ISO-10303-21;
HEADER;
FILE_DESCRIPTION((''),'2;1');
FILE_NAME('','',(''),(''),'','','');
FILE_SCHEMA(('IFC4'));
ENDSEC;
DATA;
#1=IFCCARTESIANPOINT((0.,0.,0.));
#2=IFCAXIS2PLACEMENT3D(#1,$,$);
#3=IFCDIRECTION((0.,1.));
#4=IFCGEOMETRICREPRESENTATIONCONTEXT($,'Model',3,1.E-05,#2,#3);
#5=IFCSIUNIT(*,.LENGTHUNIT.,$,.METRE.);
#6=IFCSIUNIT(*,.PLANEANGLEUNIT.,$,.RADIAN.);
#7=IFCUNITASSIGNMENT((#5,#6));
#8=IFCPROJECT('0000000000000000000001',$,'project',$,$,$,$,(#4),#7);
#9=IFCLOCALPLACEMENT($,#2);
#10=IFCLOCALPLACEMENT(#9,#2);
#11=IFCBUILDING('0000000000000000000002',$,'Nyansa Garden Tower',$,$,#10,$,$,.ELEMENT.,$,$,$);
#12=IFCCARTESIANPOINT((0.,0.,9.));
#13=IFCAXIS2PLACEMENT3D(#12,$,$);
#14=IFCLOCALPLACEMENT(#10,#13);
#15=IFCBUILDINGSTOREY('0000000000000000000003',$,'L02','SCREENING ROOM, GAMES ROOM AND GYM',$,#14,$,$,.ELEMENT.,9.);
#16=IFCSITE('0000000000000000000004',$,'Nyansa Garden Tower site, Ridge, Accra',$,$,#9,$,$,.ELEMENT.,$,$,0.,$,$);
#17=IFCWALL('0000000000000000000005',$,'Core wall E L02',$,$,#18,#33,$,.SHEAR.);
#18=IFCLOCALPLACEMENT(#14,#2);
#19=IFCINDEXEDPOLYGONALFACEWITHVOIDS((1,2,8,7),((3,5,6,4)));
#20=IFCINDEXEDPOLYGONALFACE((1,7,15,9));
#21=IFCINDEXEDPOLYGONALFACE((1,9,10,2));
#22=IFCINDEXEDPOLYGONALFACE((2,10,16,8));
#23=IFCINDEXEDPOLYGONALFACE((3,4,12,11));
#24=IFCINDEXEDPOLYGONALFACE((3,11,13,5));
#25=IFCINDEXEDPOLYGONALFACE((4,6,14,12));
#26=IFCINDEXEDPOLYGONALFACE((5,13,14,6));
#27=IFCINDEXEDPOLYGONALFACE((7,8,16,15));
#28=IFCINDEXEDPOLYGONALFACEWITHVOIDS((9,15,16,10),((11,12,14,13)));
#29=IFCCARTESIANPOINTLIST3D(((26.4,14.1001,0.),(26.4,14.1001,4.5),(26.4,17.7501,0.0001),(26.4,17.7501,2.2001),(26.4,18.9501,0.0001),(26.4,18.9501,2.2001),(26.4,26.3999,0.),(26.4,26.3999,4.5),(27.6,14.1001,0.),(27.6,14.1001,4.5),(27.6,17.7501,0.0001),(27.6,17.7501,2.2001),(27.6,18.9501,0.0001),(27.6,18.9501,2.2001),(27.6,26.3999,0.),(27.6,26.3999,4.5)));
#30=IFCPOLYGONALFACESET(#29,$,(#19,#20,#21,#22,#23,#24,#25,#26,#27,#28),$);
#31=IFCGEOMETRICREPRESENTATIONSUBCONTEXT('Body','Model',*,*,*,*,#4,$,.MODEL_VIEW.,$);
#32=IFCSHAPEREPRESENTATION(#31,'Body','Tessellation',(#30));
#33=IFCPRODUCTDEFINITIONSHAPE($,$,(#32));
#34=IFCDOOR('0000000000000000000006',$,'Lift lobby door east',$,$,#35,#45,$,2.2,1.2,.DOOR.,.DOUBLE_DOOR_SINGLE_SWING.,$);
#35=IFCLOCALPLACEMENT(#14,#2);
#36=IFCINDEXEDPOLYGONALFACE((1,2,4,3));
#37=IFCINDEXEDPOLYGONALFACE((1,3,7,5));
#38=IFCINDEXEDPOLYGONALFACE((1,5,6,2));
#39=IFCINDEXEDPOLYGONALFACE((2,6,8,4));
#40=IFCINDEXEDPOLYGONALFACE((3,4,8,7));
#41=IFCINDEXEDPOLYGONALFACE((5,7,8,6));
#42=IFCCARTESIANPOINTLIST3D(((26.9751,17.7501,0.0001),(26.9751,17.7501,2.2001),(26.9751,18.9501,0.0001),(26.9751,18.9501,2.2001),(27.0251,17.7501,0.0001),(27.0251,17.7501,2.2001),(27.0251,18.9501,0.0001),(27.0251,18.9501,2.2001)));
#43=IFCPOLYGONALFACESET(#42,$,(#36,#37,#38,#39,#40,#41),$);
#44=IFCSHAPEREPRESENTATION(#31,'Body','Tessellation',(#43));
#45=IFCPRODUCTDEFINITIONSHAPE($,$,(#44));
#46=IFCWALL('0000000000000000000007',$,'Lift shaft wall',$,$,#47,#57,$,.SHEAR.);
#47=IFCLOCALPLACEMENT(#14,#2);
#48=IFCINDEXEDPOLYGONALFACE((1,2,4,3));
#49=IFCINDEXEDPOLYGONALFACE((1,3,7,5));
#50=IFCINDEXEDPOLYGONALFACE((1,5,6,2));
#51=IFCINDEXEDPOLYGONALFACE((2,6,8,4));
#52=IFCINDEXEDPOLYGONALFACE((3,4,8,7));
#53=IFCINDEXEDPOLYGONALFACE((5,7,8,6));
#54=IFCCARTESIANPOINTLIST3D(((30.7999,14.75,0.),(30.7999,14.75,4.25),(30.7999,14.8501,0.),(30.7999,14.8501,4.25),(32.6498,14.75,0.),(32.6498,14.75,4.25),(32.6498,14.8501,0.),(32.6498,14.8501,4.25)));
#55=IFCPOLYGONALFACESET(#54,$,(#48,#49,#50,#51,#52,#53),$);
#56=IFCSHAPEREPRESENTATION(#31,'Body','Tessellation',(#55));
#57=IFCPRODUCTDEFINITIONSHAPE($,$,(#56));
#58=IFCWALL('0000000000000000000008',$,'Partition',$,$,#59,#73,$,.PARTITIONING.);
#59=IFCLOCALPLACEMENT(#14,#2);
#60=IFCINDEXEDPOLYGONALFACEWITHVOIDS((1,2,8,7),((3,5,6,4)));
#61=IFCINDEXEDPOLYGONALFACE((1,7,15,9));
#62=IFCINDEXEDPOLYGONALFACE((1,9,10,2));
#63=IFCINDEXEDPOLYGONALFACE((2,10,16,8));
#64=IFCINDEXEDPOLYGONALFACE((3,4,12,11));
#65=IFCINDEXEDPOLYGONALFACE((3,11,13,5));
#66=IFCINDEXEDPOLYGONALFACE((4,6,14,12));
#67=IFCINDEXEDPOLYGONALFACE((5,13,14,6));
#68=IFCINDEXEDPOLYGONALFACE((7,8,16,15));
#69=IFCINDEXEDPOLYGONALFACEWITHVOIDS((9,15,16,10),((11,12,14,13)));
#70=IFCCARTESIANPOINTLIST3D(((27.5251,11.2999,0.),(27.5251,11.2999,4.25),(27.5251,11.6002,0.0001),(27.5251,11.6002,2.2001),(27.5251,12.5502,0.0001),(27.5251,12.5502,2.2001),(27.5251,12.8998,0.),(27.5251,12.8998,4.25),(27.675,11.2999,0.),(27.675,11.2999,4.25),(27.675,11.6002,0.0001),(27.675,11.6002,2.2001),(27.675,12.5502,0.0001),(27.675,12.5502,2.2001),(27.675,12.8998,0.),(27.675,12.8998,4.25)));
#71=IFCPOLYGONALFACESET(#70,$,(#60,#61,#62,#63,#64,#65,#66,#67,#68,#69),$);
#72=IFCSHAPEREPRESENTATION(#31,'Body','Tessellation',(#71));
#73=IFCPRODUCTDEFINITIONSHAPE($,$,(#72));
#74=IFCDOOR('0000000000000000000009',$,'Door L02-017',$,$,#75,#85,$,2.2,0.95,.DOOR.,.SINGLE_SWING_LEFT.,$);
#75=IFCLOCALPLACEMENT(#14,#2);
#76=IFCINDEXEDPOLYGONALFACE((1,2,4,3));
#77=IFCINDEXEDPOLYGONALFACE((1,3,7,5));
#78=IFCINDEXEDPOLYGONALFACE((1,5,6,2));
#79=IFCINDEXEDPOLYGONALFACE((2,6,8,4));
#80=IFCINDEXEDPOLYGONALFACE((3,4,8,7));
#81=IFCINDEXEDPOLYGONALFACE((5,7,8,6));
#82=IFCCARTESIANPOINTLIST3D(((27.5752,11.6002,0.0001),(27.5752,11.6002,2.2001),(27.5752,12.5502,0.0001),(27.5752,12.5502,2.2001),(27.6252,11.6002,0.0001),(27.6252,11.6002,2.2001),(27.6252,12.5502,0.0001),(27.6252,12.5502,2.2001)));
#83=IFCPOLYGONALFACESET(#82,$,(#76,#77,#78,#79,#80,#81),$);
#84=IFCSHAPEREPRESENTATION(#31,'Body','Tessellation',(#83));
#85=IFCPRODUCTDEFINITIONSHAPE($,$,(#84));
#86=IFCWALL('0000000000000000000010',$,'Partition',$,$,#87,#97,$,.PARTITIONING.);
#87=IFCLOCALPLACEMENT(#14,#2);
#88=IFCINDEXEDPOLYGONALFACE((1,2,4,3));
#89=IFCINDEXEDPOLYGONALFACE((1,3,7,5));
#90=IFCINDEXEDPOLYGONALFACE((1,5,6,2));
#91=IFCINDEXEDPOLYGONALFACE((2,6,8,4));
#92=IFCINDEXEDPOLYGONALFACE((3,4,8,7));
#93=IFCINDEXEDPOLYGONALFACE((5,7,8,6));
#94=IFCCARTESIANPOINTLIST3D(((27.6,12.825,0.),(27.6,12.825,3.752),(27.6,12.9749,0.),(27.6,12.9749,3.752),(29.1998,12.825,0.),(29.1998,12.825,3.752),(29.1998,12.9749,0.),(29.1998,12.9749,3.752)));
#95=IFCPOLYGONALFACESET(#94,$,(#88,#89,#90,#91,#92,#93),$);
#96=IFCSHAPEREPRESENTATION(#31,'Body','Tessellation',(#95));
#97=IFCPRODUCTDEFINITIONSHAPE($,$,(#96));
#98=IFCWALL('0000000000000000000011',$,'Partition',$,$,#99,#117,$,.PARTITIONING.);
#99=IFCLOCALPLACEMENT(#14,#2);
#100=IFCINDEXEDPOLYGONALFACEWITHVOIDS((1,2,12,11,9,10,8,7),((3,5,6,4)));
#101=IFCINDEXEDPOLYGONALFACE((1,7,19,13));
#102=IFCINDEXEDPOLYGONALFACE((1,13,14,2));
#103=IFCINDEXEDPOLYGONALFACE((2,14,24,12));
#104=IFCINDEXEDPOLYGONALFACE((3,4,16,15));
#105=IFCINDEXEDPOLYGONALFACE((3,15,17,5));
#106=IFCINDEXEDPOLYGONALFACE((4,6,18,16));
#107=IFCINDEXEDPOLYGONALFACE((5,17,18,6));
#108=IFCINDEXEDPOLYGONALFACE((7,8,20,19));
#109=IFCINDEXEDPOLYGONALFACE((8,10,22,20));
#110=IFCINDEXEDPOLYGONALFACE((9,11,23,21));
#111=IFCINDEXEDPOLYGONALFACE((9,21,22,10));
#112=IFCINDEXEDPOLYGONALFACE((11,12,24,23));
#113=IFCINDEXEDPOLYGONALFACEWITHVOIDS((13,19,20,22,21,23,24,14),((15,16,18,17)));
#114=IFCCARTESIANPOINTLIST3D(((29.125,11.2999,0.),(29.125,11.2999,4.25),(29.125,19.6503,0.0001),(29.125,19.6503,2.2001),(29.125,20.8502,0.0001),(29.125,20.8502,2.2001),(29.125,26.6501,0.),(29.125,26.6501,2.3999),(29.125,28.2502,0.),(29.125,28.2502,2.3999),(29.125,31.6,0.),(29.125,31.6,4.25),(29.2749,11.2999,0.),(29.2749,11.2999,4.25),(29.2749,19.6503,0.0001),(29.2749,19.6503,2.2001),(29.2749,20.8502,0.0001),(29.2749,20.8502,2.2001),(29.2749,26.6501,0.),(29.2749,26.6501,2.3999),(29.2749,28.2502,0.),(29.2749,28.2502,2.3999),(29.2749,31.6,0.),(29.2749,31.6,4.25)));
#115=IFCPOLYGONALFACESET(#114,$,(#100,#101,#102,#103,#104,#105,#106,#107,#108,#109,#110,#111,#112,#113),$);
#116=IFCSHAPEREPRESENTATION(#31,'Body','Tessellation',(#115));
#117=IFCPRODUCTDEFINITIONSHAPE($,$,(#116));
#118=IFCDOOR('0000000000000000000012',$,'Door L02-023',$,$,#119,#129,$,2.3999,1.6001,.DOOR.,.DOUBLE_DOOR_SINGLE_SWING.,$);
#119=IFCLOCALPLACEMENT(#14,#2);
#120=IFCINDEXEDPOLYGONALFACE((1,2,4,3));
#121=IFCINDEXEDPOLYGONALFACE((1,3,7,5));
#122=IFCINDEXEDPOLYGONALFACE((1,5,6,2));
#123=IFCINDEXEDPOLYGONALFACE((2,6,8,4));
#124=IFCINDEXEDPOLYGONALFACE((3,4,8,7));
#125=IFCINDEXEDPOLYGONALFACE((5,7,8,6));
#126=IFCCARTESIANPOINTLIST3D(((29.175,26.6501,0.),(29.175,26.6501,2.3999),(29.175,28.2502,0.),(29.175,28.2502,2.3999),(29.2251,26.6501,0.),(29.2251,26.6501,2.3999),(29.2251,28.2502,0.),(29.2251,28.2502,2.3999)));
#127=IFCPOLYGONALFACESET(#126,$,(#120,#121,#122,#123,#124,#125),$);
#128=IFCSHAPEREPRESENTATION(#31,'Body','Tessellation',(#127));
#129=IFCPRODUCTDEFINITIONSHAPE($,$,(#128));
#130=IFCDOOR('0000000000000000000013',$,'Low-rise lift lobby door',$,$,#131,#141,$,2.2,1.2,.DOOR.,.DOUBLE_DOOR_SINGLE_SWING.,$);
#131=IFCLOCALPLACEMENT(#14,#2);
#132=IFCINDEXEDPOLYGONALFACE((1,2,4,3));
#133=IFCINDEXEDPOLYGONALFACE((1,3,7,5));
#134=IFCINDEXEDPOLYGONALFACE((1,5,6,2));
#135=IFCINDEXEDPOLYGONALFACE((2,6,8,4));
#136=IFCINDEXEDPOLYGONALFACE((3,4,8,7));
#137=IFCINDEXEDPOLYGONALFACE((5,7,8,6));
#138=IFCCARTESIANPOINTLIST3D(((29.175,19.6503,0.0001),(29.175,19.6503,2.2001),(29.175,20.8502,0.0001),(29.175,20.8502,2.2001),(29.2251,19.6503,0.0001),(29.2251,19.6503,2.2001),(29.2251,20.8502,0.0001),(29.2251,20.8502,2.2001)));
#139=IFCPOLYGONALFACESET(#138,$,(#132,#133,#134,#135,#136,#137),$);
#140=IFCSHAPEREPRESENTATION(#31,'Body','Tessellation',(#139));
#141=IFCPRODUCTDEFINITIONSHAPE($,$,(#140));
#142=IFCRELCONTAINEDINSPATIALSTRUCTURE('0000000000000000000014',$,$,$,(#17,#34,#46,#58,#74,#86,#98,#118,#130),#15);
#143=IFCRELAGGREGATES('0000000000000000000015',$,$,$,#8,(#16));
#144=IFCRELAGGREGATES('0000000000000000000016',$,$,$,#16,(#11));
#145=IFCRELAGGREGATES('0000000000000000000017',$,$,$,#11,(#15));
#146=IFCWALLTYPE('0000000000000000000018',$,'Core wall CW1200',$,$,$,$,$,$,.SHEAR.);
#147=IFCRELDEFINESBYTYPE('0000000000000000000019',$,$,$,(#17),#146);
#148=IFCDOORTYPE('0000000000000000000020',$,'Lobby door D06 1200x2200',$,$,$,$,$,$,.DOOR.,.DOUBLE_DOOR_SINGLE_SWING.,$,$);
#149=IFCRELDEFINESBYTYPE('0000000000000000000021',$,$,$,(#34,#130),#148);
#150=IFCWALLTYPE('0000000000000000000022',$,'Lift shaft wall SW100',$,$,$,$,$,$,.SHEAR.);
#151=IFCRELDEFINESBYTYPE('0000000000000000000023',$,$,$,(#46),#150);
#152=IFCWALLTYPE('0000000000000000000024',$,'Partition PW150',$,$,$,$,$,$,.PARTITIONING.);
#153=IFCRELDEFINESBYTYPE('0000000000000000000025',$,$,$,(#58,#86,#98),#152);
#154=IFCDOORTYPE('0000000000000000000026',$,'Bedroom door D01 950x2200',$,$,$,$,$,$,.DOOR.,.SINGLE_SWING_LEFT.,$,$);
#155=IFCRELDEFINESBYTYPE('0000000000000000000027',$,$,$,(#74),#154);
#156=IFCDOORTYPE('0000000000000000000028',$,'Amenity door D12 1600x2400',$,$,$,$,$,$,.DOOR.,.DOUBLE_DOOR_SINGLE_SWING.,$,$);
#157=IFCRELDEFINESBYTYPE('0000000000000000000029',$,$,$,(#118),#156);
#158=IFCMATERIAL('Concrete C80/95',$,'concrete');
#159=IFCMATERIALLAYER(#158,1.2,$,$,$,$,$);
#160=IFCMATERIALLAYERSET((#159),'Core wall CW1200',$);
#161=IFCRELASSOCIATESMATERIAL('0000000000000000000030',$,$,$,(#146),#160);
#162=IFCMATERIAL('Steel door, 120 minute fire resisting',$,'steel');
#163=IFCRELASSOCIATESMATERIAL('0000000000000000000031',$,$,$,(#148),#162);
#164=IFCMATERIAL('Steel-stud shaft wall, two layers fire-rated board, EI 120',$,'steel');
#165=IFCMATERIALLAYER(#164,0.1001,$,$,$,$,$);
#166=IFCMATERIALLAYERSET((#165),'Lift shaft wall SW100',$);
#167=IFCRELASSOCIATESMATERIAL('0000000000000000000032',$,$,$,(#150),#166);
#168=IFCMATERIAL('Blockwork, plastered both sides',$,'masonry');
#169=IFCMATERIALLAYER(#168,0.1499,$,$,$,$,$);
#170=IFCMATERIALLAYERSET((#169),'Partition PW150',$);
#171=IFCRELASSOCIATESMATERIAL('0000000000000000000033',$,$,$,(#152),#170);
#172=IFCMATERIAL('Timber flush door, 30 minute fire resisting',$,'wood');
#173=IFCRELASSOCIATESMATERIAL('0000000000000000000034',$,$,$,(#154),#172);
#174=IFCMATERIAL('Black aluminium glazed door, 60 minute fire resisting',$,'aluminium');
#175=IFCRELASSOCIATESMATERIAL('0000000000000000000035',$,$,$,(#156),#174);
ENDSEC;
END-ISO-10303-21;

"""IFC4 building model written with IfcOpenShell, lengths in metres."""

from ifc_helpers import new_model, si_unit, direction, frame, frame_2d, origin, place, context, subcontext, project, spatial, rectangle, extrude, material, layer, layer_set, type_object, element, fill, save


model = new_model("IFC4")

# Units and contexts
model_context = context("Model", 3, precision=1e-05, world=origin(), true_north=direction((0.0, 1.0)))
body_context = subcontext(model_context, "Body", "Model", "MODEL_VIEW")
ifc_project = project(units=[si_unit("LENGTHUNIT", "METRE"), si_unit("PLANEANGLEUNIT", "RADIAN")], contexts=[model_context])

# Site, building, storey
site_placement = place(None, origin())
site = spatial("IfcSite", under=ifc_project, at=site_placement, Name="Nyansa Garden Tower site, Ridge, Accra", CompositionType="ELEMENT", RefElevation=0.0)
building_placement = place(site_placement, origin())
building = spatial("IfcBuilding", under=site, at=building_placement, Name="Nyansa Garden Tower", CompositionType="ELEMENT")
storey_placement = place(building_placement, frame((0.0, 0.0, 9.0)))
storey = spatial("IfcBuildingStorey", under=building, at=storey_placement, Name="L02", Description="SCREENING ROOM, GAMES ROOM AND GYM", CompositionType="ELEMENT", Elevation=9.0)

# Wall, opening, door
ifc_material_1 = material(Name="Concrete C80/95", Category="concrete")
ifc_layer_1 = layer(ifc_material_1, 1.2)
ifc_layer_set_1 = layer_set([ifc_layer_1], Name="Core wall CW1200")
wall_type_1 = type_object("IfcWallType", Name="Core wall CW1200", PredefinedType="SHEAR", material=ifc_layer_set_1)
wall_1_placement = place(storey_placement, frame((27.0, 14.1001, 0.0), z_axis=(0.0, 0.0, 1.0), x_axis=(0.0, 1.0, 0.0)))
wall_1 = element("IfcWall", 1, at=wall_1_placement, inside=storey, type_object=wall_type_1, Name="Core wall E L02", PredefinedType="SHEAR", context=body_context, shape_type="SweptSolid", body=[
    extrude(rectangle(XDim=12.2998, YDim=1.2, at=frame_2d((6.1499, 0.0))), origin(), (0.0, 0.0, 1.0), 4.5),
])
opening_1_placement = place(wall_1_placement, frame((3.6499, 0.0, 0.0)))
opening_1 = element("IfcOpeningElement", 2, at=opening_1_placement, cuts=wall_1, PredefinedType="OPENING", context=body_context, shape_type="SweptSolid", body=[
    extrude(rectangle(XDim=1.2, YDim=2.2, at=frame_2d((0.6001, 1.1001))), frame((0.0, 0.6099, 0.0), z_axis=(0.0, -1.0, 0.0), x_axis=(1.0, 0.0, 0.0)), (0.0, 0.0, 1.0), 1.22),
])
ifc_material_2 = material(Name="Steel door, 120 minute fire resisting", Category="steel")
door_type_1 = type_object("IfcDoorType", Name="Lobby door D06 1200x2200", OperationType="DOUBLE_DOOR_SINGLE_SWING", PredefinedType="DOOR", material=ifc_material_2)
door_1_placement = place(opening_1_placement, origin())
door_1 = element("IfcDoor", 3, at=door_1_placement, inside=storey, type_object=door_type_1, Name="Lift lobby door east", OperationType="DOUBLE_DOOR_SINGLE_SWING", OverallHeight=2.2, OverallWidth=1.2, PredefinedType="DOOR", context=body_context, shape_type="SweptSolid", body=[
    extrude(rectangle(XDim=1.2, YDim=2.2, at=frame_2d((0.6001, 1.1001))), frame((0.0, 0.0249, 0.0), z_axis=(0.0, -1.0, 0.0), x_axis=(1.0, 0.0, 0.0)), (0.0, 0.0, 1.0), 0.05),
])
fill(opening_1, door_1)

# Wall
ifc_material_3 = material(Name="Steel-stud shaft wall, two layers fire-rated board, EI 120", Category="steel")
ifc_layer_2 = layer(ifc_material_3, 0.1001)
ifc_layer_set_2 = layer_set([ifc_layer_2], Name="Lift shaft wall SW100")
wall_type_2 = type_object("IfcWallType", Name="Lift shaft wall SW100", PredefinedType="SHEAR", material=ifc_layer_set_2)
wall_2_placement = place(storey_placement, frame((30.8, 14.8, 0.0), z_axis=(0.0, 0.0, 1.0), x_axis=(1.0, 0.0, 0.0)))
element("IfcWall", 4, at=wall_2_placement, inside=storey, type_object=wall_type_2, Name="Lift shaft wall", PredefinedType="SHEAR", context=body_context, shape_type="SweptSolid", body=[
    extrude(rectangle(XDim=1.8499, YDim=0.1001, at=frame_2d((0.9248, 0.0))), origin(), (0.0, 0.0, 1.0), 4.25),
])

# Wall, opening, door
ifc_material_4 = material(Name="Blockwork, plastered both sides", Category="masonry")
ifc_layer_3 = layer(ifc_material_4, 0.1499)
ifc_layer_set_3 = layer_set([ifc_layer_3], Name="Partition PW150")
wall_type_3 = type_object("IfcWallType", Name="Partition PW150", PredefinedType="PARTITIONING", material=ifc_layer_set_3)
wall_3_placement = place(storey_placement, frame((27.6001, 11.3, 0.0), z_axis=(0.0, 0.0, 1.0), x_axis=(0.0, 1.0, 0.0)))
wall_3 = element("IfcWall", 5, at=wall_3_placement, inside=storey, type_object=wall_type_3, Name="Partition", PredefinedType="PARTITIONING", context=body_context, shape_type="SweptSolid", body=[
    extrude(rectangle(XDim=1.5999, YDim=0.1499, at=frame_2d((0.7998, 0.0))), origin(), (0.0, 0.0, 1.0), 4.25),
])
opening_2_placement = place(wall_3_placement, frame((0.3, 0.0, 0.0)))
opening_2 = element("IfcOpeningElement", 6, at=opening_2_placement, cuts=wall_3, PredefinedType="OPENING", context=body_context, shape_type="SweptSolid", body=[
    extrude(rectangle(XDim=0.95, YDim=2.2, at=frame_2d((0.4751, 1.1001))), frame((0.0, 0.085, 0.0), z_axis=(0.0, -1.0, 0.0), x_axis=(1.0, 0.0, 0.0)), (0.0, 0.0, 1.0), 0.1699),
])
ifc_material_5 = material(Name="Timber flush door, 30 minute fire resisting", Category="wood")
door_type_2 = type_object("IfcDoorType", Name="Bedroom door D01 950x2200", OperationType="SINGLE_SWING_LEFT", PredefinedType="DOOR", material=ifc_material_5)
door_2_placement = place(opening_2_placement, origin())
door_2 = element("IfcDoor", 7, at=door_2_placement, inside=storey, type_object=door_type_2, Name="Door L02-017", OperationType="SINGLE_SWING_LEFT", OverallHeight=2.2, OverallWidth=0.95, PredefinedType="DOOR", context=body_context, shape_type="SweptSolid", body=[
    extrude(rectangle(XDim=0.95, YDim=2.2, at=frame_2d((0.4751, 1.1001))), frame((0.0, 0.0249, 0.0), z_axis=(0.0, -1.0, 0.0), x_axis=(1.0, 0.0, 0.0)), (0.0, 0.0, 1.0), 0.05),
])
fill(opening_2, door_2)

# Wall
wall_4_placement = place(storey_placement, frame((27.6001, 12.8999, 0.0), z_axis=(0.0, 0.0, 1.0), x_axis=(1.0, 0.0, 0.0)))
element("IfcWall", 8, at=wall_4_placement, inside=storey, type_object=wall_type_3, Name="Partition", PredefinedType="PARTITIONING", context=body_context, shape_type="SweptSolid", body=[
    extrude(rectangle(XDim=1.5999, YDim=0.1499, at=frame_2d((0.7998, 0.0))), origin(), (0.0, 0.0, 1.0), 3.752),
])

# Wall, openings, doors
wall_5_placement = place(storey_placement, frame((29.2, 11.3, 0.0), z_axis=(0.0, 0.0, 1.0), x_axis=(0.0, 1.0, 0.0)))
wall_5 = element("IfcWall", 9, at=wall_5_placement, inside=storey, type_object=wall_type_3, Name="Partition", PredefinedType="PARTITIONING", context=body_context, shape_type="SweptSolid", body=[
    extrude(rectangle(XDim=20.3, YDim=0.1499, at=frame_2d((10.1499, 0.0))), origin(), (0.0, 0.0, 1.0), 4.25),
])
opening_3_placement = place(wall_5_placement, frame((15.3501, 0.0, 0.0)))
opening_3 = element("IfcOpeningElement", 10, at=opening_3_placement, cuts=wall_5, PredefinedType="OPENING", context=body_context, shape_type="SweptSolid", body=[
    extrude(rectangle(XDim=1.6001, YDim=2.3999, at=frame_2d((0.8, 1.2))), frame((0.0, 0.085, 0.0), z_axis=(0.0, -1.0, 0.0), x_axis=(1.0, 0.0, 0.0)), (0.0, 0.0, 1.0), 0.1699),
])
opening_4_placement = place(wall_5_placement, frame((8.3501, 0.0, 0.0)))
opening_4 = element("IfcOpeningElement", 11, at=opening_4_placement, cuts=wall_5, PredefinedType="OPENING", context=body_context, shape_type="SweptSolid", body=[
    extrude(rectangle(XDim=1.2, YDim=2.2, at=frame_2d((0.6001, 1.1001))), frame((0.0, 0.085, 0.0), z_axis=(0.0, -1.0, 0.0), x_axis=(1.0, 0.0, 0.0)), (0.0, 0.0, 1.0), 0.1699),
])
ifc_material_6 = material(Name="Black aluminium glazed door, 60 minute fire resisting", Category="aluminium")
door_type_3 = type_object("IfcDoorType", Name="Amenity door D12 1600x2400", OperationType="DOUBLE_DOOR_SINGLE_SWING", PredefinedType="DOOR", material=ifc_material_6)
door_3_placement = place(opening_3_placement, origin())
door_3 = element("IfcDoor", 12, at=door_3_placement, inside=storey, type_object=door_type_3, Name="Door L02-023", OperationType="DOUBLE_DOOR_SINGLE_SWING", OverallHeight=2.3999, OverallWidth=1.6001, PredefinedType="DOOR", context=body_context, shape_type="SweptSolid", body=[
    extrude(rectangle(XDim=1.6001, YDim=2.3999, at=frame_2d((0.8, 1.2))), frame((0.0, 0.0249, 0.0), z_axis=(0.0, -1.0, 0.0), x_axis=(1.0, 0.0, 0.0)), (0.0, 0.0, 1.0), 0.05),
])
fill(opening_3, door_3)
door_4_placement = place(opening_4_placement, origin())
door_4 = element("IfcDoor", 13, at=door_4_placement, inside=storey, type_object=door_type_1, Name="Low-rise lift lobby door", OperationType="DOUBLE_DOOR_SINGLE_SWING", OverallHeight=2.2, OverallWidth=1.2, PredefinedType="DOOR", context=body_context, shape_type="SweptSolid", body=[
    extrude(rectangle(XDim=1.2, YDim=2.2, at=frame_2d((0.6001, 1.1001))), frame((0.0, 0.0249, 0.0), z_axis=(0.0, -1.0, 0.0), x_axis=(1.0, 0.0, 0.0)), (0.0, 0.0, 1.0), 0.05),
])
fill(opening_4, door_4)

save(model, "model.ifc")
